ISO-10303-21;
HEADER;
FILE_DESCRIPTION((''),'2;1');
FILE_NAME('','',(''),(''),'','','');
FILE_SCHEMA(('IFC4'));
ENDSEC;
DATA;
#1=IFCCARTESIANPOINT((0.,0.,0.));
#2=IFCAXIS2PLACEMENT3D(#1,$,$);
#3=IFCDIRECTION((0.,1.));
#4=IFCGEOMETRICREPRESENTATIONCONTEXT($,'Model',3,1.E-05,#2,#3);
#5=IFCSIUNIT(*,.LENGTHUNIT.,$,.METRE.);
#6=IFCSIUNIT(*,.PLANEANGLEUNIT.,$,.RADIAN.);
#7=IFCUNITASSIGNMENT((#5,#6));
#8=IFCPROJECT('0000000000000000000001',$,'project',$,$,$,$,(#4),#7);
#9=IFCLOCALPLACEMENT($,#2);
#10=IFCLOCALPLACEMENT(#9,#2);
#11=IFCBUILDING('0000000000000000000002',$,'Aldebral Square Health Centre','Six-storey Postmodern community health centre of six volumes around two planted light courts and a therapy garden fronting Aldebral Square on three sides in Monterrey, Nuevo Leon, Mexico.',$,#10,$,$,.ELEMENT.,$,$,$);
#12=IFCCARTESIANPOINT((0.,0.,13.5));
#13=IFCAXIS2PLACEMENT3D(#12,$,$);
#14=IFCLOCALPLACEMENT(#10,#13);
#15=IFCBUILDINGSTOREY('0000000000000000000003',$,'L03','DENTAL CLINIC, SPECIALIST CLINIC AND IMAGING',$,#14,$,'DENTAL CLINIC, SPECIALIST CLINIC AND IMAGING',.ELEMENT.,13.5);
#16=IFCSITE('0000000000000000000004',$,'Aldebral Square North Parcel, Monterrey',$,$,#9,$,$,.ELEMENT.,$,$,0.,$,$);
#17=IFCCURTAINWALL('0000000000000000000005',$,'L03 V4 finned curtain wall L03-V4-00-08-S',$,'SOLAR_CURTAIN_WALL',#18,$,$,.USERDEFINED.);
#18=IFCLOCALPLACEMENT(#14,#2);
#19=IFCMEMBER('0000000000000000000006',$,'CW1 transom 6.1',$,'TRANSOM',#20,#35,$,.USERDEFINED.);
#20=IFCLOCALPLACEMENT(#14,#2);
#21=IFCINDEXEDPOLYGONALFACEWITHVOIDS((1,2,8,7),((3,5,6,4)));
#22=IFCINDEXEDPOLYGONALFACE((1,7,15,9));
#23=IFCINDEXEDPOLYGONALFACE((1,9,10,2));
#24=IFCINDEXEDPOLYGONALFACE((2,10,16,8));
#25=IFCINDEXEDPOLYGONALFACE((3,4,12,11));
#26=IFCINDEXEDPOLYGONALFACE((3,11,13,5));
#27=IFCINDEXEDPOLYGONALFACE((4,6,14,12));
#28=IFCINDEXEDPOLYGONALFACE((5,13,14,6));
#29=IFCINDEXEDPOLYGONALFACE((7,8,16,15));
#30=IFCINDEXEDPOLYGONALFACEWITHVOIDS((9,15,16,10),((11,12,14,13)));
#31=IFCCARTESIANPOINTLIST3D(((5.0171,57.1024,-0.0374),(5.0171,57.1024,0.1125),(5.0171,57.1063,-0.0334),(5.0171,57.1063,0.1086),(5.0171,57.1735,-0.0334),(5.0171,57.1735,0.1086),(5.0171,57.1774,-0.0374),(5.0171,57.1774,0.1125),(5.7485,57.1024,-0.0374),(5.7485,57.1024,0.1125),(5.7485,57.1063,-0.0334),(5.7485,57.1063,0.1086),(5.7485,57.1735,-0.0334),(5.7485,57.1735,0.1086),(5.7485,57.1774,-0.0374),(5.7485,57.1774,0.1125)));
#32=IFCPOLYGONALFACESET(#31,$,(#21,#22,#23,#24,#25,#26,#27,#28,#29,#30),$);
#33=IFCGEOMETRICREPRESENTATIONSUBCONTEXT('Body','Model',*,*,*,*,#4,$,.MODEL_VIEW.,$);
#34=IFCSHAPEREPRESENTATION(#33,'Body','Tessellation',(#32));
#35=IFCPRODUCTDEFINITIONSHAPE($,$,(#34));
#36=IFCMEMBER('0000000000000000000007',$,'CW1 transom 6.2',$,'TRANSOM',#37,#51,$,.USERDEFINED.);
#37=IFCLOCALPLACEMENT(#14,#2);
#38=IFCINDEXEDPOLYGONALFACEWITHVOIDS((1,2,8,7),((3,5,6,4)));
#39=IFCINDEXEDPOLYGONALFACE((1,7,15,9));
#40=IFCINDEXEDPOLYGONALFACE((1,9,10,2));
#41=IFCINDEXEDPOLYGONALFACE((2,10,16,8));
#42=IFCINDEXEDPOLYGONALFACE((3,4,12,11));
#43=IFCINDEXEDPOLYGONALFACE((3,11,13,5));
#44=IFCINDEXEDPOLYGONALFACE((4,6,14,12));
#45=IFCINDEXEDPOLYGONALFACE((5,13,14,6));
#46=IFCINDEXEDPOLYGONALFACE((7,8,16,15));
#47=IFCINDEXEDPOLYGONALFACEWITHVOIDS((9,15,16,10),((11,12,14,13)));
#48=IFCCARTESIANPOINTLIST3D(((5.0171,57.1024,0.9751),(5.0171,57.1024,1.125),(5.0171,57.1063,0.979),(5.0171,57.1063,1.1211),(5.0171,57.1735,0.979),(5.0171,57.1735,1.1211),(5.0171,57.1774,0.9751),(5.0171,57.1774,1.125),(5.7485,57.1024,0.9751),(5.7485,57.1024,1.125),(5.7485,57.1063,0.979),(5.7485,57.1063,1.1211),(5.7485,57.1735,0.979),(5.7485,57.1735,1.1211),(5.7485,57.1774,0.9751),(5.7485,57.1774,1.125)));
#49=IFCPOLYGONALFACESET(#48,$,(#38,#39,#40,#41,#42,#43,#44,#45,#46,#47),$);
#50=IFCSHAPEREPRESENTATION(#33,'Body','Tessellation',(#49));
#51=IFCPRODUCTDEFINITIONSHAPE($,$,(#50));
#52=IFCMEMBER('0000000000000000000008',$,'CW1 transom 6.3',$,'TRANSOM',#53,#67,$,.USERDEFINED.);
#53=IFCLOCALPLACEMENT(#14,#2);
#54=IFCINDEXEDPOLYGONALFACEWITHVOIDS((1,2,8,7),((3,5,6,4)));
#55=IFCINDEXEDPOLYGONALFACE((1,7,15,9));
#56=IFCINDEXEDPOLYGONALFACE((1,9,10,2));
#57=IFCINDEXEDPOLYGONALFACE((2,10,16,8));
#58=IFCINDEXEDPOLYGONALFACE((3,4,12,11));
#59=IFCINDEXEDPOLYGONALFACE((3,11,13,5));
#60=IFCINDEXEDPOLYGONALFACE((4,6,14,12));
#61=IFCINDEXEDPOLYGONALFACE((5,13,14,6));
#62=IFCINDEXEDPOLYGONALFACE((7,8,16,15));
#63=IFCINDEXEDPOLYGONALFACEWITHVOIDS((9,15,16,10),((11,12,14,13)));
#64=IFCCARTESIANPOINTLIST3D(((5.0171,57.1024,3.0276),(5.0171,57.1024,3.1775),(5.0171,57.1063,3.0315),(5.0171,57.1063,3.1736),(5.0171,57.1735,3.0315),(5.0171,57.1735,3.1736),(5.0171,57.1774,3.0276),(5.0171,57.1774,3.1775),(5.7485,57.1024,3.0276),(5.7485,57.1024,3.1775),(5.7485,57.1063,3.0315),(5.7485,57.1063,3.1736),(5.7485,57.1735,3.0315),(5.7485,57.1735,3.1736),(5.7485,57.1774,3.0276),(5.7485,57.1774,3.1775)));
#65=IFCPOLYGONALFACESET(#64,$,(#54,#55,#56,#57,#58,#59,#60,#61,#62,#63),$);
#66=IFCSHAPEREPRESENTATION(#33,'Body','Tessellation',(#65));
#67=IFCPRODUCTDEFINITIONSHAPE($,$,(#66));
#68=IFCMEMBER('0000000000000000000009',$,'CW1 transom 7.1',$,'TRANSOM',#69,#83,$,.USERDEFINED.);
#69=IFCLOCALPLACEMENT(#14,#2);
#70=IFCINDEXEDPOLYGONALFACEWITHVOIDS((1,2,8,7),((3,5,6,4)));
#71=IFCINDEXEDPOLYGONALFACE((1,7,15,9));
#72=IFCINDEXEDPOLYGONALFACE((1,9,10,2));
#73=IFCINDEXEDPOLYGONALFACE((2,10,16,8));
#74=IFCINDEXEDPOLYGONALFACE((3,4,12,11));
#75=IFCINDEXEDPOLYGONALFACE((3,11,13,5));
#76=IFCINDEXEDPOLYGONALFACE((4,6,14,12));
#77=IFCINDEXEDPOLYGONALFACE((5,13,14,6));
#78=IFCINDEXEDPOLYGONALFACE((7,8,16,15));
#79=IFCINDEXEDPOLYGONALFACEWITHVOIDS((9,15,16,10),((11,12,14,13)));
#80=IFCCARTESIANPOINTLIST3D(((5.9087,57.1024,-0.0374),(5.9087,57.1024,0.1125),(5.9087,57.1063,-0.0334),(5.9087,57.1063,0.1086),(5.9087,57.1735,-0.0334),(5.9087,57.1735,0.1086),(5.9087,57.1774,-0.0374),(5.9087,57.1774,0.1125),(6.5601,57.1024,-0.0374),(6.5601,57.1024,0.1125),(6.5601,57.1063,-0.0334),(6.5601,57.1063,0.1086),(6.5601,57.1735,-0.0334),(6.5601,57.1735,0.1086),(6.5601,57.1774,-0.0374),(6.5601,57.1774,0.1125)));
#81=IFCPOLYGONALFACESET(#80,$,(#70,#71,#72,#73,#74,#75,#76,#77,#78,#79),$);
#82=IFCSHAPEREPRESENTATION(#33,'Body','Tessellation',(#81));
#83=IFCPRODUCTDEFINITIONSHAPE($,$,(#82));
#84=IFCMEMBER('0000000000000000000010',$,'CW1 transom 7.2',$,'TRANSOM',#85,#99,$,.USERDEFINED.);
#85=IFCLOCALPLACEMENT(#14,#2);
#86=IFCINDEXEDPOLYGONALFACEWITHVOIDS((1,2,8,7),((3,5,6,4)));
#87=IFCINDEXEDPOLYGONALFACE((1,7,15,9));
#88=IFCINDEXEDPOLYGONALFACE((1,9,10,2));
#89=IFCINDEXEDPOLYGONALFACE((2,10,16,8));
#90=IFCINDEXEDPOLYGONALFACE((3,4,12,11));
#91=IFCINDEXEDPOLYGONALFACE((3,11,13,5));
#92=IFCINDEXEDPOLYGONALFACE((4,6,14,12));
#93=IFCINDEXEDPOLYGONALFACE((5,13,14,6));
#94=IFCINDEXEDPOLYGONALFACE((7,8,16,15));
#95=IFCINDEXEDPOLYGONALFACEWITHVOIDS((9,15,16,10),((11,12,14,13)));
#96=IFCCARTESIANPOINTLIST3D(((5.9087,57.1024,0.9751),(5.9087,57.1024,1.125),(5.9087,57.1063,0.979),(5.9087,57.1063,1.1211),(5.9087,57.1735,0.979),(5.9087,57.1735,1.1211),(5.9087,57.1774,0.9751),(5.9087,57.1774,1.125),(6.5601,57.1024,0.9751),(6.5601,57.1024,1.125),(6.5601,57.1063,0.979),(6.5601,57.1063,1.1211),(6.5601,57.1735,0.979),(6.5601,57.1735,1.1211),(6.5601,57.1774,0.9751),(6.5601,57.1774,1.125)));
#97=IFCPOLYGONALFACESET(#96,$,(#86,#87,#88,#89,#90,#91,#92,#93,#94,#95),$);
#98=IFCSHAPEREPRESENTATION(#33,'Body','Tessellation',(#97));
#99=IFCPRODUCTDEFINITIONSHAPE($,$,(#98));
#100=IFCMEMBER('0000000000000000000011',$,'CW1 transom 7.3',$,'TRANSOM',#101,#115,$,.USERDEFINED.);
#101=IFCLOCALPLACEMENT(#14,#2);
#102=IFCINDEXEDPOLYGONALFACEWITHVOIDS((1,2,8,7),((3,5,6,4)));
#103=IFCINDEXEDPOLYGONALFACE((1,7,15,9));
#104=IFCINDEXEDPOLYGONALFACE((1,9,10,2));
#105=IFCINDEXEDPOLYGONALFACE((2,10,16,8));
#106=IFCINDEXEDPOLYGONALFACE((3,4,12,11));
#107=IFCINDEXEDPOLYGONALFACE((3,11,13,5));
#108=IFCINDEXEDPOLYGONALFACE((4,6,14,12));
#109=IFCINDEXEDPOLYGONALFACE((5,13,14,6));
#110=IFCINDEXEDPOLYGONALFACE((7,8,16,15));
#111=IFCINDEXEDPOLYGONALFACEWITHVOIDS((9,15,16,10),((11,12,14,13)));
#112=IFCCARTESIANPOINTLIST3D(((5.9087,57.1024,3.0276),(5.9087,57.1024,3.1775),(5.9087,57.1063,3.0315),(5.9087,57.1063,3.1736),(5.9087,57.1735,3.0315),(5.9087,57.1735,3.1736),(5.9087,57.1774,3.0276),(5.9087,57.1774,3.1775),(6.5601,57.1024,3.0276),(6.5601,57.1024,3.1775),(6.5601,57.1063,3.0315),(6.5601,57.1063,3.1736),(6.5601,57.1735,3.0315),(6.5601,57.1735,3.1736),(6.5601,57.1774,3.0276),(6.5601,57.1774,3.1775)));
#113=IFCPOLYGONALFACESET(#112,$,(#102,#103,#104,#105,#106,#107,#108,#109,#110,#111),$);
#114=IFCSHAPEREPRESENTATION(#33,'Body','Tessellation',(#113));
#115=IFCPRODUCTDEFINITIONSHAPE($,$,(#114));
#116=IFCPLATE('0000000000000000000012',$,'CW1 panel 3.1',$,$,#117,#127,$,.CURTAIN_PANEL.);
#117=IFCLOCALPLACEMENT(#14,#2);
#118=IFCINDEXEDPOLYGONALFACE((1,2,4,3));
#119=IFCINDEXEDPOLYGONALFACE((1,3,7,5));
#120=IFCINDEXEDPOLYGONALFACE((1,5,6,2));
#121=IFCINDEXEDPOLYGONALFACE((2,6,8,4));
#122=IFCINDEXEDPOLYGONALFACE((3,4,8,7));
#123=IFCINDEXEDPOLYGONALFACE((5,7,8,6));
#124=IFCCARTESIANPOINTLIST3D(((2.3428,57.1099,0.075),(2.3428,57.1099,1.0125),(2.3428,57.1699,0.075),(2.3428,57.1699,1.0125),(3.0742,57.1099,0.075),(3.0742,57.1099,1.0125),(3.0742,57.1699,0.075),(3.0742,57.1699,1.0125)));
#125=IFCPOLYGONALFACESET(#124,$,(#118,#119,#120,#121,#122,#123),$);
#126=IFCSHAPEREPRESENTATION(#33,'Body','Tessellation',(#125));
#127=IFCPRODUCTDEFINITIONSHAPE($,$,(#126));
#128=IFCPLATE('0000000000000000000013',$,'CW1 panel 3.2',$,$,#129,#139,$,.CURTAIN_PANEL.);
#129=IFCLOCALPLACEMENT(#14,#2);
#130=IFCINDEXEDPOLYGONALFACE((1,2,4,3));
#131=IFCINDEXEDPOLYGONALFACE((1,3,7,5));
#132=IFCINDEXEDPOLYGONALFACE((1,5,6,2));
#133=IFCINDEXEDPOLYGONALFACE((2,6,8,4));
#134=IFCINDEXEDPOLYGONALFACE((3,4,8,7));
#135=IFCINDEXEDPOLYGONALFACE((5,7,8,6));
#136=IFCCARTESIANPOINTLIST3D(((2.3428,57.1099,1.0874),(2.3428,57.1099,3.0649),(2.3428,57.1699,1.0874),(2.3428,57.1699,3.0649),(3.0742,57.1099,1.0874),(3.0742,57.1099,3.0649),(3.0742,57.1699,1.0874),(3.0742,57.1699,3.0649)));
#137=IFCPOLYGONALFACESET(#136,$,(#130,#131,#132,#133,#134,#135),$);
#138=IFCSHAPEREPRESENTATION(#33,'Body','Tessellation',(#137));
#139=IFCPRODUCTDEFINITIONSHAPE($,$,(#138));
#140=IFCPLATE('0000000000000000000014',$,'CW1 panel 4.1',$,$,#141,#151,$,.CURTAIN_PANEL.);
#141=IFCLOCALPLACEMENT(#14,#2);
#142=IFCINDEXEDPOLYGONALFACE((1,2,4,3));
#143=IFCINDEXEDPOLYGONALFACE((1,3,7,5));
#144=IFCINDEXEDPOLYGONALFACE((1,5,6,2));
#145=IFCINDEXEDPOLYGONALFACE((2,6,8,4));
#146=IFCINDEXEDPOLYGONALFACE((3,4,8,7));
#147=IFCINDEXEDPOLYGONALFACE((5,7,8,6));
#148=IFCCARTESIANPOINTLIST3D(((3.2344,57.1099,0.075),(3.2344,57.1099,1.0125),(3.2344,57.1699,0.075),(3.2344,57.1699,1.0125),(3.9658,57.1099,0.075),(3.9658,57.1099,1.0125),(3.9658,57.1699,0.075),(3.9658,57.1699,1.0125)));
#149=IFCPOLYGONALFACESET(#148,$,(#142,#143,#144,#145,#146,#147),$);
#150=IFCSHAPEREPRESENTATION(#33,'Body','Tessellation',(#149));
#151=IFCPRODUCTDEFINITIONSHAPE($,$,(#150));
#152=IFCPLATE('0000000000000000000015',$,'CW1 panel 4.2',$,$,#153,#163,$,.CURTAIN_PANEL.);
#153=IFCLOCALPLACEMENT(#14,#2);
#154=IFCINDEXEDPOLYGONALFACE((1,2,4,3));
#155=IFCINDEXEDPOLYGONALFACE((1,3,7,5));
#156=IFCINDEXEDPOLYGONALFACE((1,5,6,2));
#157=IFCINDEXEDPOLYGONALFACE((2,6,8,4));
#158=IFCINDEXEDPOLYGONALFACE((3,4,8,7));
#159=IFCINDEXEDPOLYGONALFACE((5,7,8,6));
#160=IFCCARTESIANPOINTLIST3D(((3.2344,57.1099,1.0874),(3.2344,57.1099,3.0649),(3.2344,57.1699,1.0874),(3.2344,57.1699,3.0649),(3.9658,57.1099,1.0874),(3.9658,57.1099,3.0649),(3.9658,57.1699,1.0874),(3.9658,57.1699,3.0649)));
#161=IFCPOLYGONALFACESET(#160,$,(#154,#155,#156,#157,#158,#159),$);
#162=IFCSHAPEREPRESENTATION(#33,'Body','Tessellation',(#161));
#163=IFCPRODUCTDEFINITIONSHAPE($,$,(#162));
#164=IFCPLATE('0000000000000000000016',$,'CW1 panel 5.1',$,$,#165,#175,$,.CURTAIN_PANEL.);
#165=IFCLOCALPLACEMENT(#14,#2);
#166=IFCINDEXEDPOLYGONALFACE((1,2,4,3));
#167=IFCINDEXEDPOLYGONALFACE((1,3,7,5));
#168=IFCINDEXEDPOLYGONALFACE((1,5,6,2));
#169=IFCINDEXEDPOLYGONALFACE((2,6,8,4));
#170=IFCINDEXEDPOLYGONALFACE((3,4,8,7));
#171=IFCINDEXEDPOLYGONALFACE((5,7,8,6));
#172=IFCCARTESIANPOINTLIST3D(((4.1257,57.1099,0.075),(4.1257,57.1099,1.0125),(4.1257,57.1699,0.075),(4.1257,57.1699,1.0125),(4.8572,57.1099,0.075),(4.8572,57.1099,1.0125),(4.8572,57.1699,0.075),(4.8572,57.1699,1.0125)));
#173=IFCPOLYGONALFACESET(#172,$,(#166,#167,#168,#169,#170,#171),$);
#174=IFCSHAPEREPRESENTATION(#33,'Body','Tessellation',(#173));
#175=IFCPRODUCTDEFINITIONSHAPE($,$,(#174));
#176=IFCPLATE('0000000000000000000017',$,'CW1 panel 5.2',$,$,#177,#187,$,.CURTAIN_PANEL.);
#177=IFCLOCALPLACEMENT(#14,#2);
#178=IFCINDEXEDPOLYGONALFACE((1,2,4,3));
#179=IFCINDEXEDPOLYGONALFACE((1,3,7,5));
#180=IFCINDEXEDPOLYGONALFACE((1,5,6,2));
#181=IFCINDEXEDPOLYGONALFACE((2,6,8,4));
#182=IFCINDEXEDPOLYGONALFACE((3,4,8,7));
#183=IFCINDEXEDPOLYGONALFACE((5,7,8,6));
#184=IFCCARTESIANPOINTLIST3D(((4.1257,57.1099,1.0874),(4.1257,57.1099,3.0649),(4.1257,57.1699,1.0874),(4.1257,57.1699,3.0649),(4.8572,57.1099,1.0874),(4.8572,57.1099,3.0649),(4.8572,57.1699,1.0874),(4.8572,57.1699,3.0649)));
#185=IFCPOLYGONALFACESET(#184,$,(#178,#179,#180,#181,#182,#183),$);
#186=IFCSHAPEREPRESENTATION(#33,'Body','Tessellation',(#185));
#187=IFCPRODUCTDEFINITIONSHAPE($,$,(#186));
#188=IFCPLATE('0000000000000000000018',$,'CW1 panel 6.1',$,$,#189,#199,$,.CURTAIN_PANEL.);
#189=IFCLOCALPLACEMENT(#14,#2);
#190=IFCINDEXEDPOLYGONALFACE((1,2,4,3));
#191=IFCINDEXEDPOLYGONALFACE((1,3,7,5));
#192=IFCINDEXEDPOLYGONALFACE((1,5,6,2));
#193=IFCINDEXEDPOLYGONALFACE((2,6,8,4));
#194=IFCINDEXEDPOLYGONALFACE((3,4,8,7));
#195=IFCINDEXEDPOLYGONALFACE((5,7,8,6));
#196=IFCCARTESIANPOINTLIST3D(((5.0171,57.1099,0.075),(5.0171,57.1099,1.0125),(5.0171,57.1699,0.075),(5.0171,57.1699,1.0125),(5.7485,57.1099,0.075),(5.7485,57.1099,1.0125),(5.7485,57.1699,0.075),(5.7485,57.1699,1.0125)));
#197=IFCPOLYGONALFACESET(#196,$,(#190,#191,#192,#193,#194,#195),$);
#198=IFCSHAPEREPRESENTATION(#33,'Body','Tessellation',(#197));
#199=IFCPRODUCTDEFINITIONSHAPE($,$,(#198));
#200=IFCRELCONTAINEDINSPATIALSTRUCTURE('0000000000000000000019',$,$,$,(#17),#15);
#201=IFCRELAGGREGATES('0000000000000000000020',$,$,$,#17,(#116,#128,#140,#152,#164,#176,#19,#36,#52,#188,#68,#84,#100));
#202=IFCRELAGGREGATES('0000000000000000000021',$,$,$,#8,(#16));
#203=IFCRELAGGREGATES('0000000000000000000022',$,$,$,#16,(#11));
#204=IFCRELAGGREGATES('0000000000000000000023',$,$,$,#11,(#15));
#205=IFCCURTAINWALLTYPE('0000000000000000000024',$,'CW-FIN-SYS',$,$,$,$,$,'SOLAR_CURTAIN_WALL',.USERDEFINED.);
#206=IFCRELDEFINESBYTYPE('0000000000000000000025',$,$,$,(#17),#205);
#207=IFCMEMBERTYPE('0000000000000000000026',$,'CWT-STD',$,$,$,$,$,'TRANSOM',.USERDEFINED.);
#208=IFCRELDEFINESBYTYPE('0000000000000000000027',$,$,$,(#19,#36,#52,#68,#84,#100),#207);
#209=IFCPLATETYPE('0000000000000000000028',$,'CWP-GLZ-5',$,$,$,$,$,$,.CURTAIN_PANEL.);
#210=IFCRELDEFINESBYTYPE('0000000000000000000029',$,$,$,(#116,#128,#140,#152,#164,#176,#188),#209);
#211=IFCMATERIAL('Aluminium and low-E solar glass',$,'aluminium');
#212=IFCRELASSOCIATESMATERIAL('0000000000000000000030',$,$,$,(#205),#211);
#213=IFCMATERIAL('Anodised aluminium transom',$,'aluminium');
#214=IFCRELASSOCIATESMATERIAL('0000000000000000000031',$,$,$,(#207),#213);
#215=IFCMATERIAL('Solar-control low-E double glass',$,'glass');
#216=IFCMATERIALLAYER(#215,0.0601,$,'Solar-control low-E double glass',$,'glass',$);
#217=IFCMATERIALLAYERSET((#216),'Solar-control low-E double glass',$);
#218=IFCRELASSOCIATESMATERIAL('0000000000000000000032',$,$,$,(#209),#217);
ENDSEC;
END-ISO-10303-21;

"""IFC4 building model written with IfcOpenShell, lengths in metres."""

from ifc_helpers import new_model, si_unit, direction, frame, origin, origin_2d, place, context, subcontext, project, spatial, rectangle, hollow_rectangle, extrude, material, layer, layer_set, material_profile, profile_set, type_object, element, aggregate, save


model = new_model("IFC4")

# Units and contexts
model_context = context("Model", 3, precision=1e-05, world=origin(), true_north=direction((0.0, 1.0)))
body_context = subcontext(model_context, "Body", "Model", "MODEL_VIEW")
ifc_project = project(units=[si_unit("LENGTHUNIT", "METRE"), si_unit("PLANEANGLEUNIT", "RADIAN")], contexts=[model_context])

# Site, building, storey
site_placement = place(None, origin())
site = spatial("IfcSite", under=ifc_project, at=site_placement, Name="Aldebral Square North Parcel, Monterrey", CompositionType="ELEMENT", RefElevation=0.0)
building_placement = place(site_placement, origin())
building = spatial("IfcBuilding", under=site, at=building_placement, Name="Aldebral Square Health Centre", Description="Six-storey Postmodern community health centre of six volumes around two planted light courts and a therapy garden fronting Aldebral Square on three sides in Monterrey, Nuevo Leon, Mexico.", CompositionType="ELEMENT")
storey_placement = place(building_placement, frame((0.0, 0.0, 13.5)))
storey = spatial("IfcBuildingStorey", under=building, at=storey_placement, Name="L03", Description="DENTAL CLINIC, SPECIALIST CLINIC AND IMAGING", LongName="DENTAL CLINIC, SPECIALIST CLINIC AND IMAGING", CompositionType="ELEMENT", Elevation=13.5)

# Curtain wall, members, plates
ifc_material_1 = material(Name="Aluminium and low-E solar glass", Category="aluminium")
curtain_wall_type = type_object("IfcCurtainWallType", Name="CW-FIN-SYS", ElementType="SOLAR_CURTAIN_WALL", PredefinedType="USERDEFINED", material=ifc_material_1)
curtain_wall_placement = place(storey_placement, origin())
curtain_wall = element("IfcCurtainWall", 1, at=curtain_wall_placement, inside=storey, type_object=curtain_wall_type, Name="L03 V4 finned curtain wall L03-V4-00-08-S", ObjectType="SOLAR_CURTAIN_WALL", PredefinedType="USERDEFINED")
ifc_material_2 = material(Name="Anodised aluminium transom", Category="aluminium")
ifc_material_profile_1 = material_profile(ifc_material_2, hollow_rectangle(XDim=0.075, YDim=0.1499, WallThickness=0.0039, at=origin_2d()), Name="CWT 75x150x4")
ifc_profile_set_1 = profile_set([ifc_material_profile_1], Name="Anodised aluminium transom")
member_type_1 = type_object("IfcMemberType", Name="CWT-STD", ElementType="TRANSOM", PredefinedType="USERDEFINED", material=ifc_profile_set_1)
member_1_placement = place(storey_placement, frame((5.0171, 57.1399, 0.0376), z_axis=(1.0, 0.0, 0.0), x_axis=(0.0, 1.0, 0.0)))
member_1 = element("IfcMember", 2, at=member_1_placement, type_object=member_type_1, Name="CW1 transom 6.1", ObjectType="TRANSOM", PredefinedType="USERDEFINED", context=body_context, shape_type="SweptSolid", body=[
    extrude(hollow_rectangle(XDim=0.075, YDim=0.1499, WallThickness=0.0039, at=origin_2d()), origin(), (0.0, 0.0, 1.0), 0.7314),
])
member_2_placement = place(storey_placement, frame((5.0171, 57.1399, 1.05), z_axis=(1.0, 0.0, 0.0), x_axis=(0.0, 1.0, 0.0)))
member_2 = element("IfcMember", 3, at=member_2_placement, type_object=member_type_1, Name="CW1 transom 6.2", ObjectType="TRANSOM", PredefinedType="USERDEFINED", context=body_context, shape_type="SweptSolid", body=[
    extrude(hollow_rectangle(XDim=0.075, YDim=0.1499, WallThickness=0.0039, at=origin_2d()), origin(), (0.0, 0.0, 1.0), 0.7314),
])
member_3_placement = place(storey_placement, frame((5.0171, 57.1399, 3.1025), z_axis=(1.0, 0.0, 0.0), x_axis=(0.0, 1.0, 0.0)))
member_3 = element("IfcMember", 4, at=member_3_placement, type_object=member_type_1, Name="CW1 transom 6.3", ObjectType="TRANSOM", PredefinedType="USERDEFINED", context=body_context, shape_type="SweptSolid", body=[
    extrude(hollow_rectangle(XDim=0.075, YDim=0.1499, WallThickness=0.0039, at=origin_2d()), origin(), (0.0, 0.0, 1.0), 0.7314),
])
member_4_placement = place(storey_placement, frame((5.9087, 57.1399, 0.0376), z_axis=(1.0, 0.0, 0.0), x_axis=(0.0, 1.0, 0.0)))
member_4 = element("IfcMember", 5, at=member_4_placement, type_object=member_type_1, Name="CW1 transom 7.1", ObjectType="TRANSOM", PredefinedType="USERDEFINED", context=body_context, shape_type="SweptSolid", body=[
    extrude(hollow_rectangle(XDim=0.075, YDim=0.1499, WallThickness=0.0039, at=origin_2d()), origin(), (0.0, 0.0, 1.0), 0.6514),
])
member_5_placement = place(storey_placement, frame((5.9087, 57.1399, 1.05), z_axis=(1.0, 0.0, 0.0), x_axis=(0.0, 1.0, 0.0)))
member_5 = element("IfcMember", 6, at=member_5_placement, type_object=member_type_1, Name="CW1 transom 7.2", ObjectType="TRANSOM", PredefinedType="USERDEFINED", context=body_context, shape_type="SweptSolid", body=[
    extrude(hollow_rectangle(XDim=0.075, YDim=0.1499, WallThickness=0.0039, at=origin_2d()), origin(), (0.0, 0.0, 1.0), 0.6514),
])
member_6_placement = place(storey_placement, frame((5.9087, 57.1399, 3.1025), z_axis=(1.0, 0.0, 0.0), x_axis=(0.0, 1.0, 0.0)))
member_6 = element("IfcMember", 7, at=member_6_placement, type_object=member_type_1, Name="CW1 transom 7.3", ObjectType="TRANSOM", PredefinedType="USERDEFINED", context=body_context, shape_type="SweptSolid", body=[
    extrude(hollow_rectangle(XDim=0.075, YDim=0.1499, WallThickness=0.0039, at=origin_2d()), origin(), (0.0, 0.0, 1.0), 0.6514),
])
ifc_material_3 = material(Name="Solar-control low-E double glass", Category="glass")
ifc_layer = layer(ifc_material_3, 0.0601, Name="Solar-control low-E double glass", Category="glass")
ifc_layer_set = layer_set([ifc_layer], Name="Solar-control low-E double glass")
plate_type = type_object("IfcPlateType", Name="CWP-GLZ-5", PredefinedType="CURTAIN_PANEL", material=ifc_layer_set)
plate_1_placement = place(storey_placement, frame((2.7085, 57.1399, 0.075), z_axis=(0.0, 0.0, 1.0), x_axis=(1.0, 0.0, 0.0)))
plate_1 = element("IfcPlate", 8, at=plate_1_placement, type_object=plate_type, Name="CW1 panel 3.1", PredefinedType="CURTAIN_PANEL", context=body_context, shape_type="SweptSolid", body=[
    extrude(rectangle(XDim=0.7314, YDim=0.0601, at=origin_2d()), origin(), (0.0, 0.0, 1.0), 0.9375),
])
plate_2_placement = place(storey_placement, frame((2.7085, 57.1399, 1.0874), z_axis=(0.0, 0.0, 1.0), x_axis=(1.0, 0.0, 0.0)))
plate_2 = element("IfcPlate", 9, at=plate_2_placement, type_object=plate_type, Name="CW1 panel 3.2", PredefinedType="CURTAIN_PANEL", context=body_context, shape_type="SweptSolid", body=[
    extrude(rectangle(XDim=0.7314, YDim=0.0601, at=origin_2d()), origin(), (0.0, 0.0, 1.0), 1.9775),
])
plate_3_placement = place(storey_placement, frame((3.6001, 57.1399, 0.075), z_axis=(0.0, 0.0, 1.0), x_axis=(1.0, 0.0, 0.0)))
plate_3 = element("IfcPlate", 10, at=plate_3_placement, type_object=plate_type, Name="CW1 panel 4.1", PredefinedType="CURTAIN_PANEL", context=body_context, shape_type="SweptSolid", body=[
    extrude(rectangle(XDim=0.7314, YDim=0.0601, at=origin_2d()), origin(), (0.0, 0.0, 1.0), 0.9375),
])
plate_4_placement = place(storey_placement, frame((3.6001, 57.1399, 1.0874), z_axis=(0.0, 0.0, 1.0), x_axis=(1.0, 0.0, 0.0)))
plate_4 = element("IfcPlate", 11, at=plate_4_placement, type_object=plate_type, Name="CW1 panel 4.2", PredefinedType="CURTAIN_PANEL", context=body_context, shape_type="SweptSolid", body=[
    extrude(rectangle(XDim=0.7314, YDim=0.0601, at=origin_2d()), origin(), (0.0, 0.0, 1.0), 1.9775),
])
plate_5_placement = place(storey_placement, frame((4.4915, 57.1399, 0.075), z_axis=(0.0, 0.0, 1.0), x_axis=(1.0, 0.0, 0.0)))
plate_5 = element("IfcPlate", 12, at=plate_5_placement, type_object=plate_type, Name="CW1 panel 5.1", PredefinedType="CURTAIN_PANEL", context=body_context, shape_type="SweptSolid", body=[
    extrude(rectangle(XDim=0.7314, YDim=0.0601, at=origin_2d()), origin(), (0.0, 0.0, 1.0), 0.9375),
])
plate_6_placement = place(storey_placement, frame((4.4915, 57.1399, 1.0874), z_axis=(0.0, 0.0, 1.0), x_axis=(1.0, 0.0, 0.0)))
plate_6 = element("IfcPlate", 13, at=plate_6_placement, type_object=plate_type, Name="CW1 panel 5.2", PredefinedType="CURTAIN_PANEL", context=body_context, shape_type="SweptSolid", body=[
    extrude(rectangle(XDim=0.7314, YDim=0.0601, at=origin_2d()), origin(), (0.0, 0.0, 1.0), 1.9775),
])
plate_7_placement = place(storey_placement, frame((5.3828, 57.1399, 0.075), z_axis=(0.0, 0.0, 1.0), x_axis=(1.0, 0.0, 0.0)))
plate_7 = element("IfcPlate", 14, at=plate_7_placement, type_object=plate_type, Name="CW1 panel 6.1", PredefinedType="CURTAIN_PANEL", context=body_context, shape_type="SweptSolid", body=[
    extrude(rectangle(XDim=0.7314, YDim=0.0601, at=origin_2d()), origin(), (0.0, 0.0, 1.0), 0.9375),
])
aggregate(curtain_wall, [plate_1, plate_2, plate_3, plate_4, plate_5, plate_6, member_1, member_2, member_3, plate_7, member_4, member_5, member_6])

save(model, "model.ifc")
